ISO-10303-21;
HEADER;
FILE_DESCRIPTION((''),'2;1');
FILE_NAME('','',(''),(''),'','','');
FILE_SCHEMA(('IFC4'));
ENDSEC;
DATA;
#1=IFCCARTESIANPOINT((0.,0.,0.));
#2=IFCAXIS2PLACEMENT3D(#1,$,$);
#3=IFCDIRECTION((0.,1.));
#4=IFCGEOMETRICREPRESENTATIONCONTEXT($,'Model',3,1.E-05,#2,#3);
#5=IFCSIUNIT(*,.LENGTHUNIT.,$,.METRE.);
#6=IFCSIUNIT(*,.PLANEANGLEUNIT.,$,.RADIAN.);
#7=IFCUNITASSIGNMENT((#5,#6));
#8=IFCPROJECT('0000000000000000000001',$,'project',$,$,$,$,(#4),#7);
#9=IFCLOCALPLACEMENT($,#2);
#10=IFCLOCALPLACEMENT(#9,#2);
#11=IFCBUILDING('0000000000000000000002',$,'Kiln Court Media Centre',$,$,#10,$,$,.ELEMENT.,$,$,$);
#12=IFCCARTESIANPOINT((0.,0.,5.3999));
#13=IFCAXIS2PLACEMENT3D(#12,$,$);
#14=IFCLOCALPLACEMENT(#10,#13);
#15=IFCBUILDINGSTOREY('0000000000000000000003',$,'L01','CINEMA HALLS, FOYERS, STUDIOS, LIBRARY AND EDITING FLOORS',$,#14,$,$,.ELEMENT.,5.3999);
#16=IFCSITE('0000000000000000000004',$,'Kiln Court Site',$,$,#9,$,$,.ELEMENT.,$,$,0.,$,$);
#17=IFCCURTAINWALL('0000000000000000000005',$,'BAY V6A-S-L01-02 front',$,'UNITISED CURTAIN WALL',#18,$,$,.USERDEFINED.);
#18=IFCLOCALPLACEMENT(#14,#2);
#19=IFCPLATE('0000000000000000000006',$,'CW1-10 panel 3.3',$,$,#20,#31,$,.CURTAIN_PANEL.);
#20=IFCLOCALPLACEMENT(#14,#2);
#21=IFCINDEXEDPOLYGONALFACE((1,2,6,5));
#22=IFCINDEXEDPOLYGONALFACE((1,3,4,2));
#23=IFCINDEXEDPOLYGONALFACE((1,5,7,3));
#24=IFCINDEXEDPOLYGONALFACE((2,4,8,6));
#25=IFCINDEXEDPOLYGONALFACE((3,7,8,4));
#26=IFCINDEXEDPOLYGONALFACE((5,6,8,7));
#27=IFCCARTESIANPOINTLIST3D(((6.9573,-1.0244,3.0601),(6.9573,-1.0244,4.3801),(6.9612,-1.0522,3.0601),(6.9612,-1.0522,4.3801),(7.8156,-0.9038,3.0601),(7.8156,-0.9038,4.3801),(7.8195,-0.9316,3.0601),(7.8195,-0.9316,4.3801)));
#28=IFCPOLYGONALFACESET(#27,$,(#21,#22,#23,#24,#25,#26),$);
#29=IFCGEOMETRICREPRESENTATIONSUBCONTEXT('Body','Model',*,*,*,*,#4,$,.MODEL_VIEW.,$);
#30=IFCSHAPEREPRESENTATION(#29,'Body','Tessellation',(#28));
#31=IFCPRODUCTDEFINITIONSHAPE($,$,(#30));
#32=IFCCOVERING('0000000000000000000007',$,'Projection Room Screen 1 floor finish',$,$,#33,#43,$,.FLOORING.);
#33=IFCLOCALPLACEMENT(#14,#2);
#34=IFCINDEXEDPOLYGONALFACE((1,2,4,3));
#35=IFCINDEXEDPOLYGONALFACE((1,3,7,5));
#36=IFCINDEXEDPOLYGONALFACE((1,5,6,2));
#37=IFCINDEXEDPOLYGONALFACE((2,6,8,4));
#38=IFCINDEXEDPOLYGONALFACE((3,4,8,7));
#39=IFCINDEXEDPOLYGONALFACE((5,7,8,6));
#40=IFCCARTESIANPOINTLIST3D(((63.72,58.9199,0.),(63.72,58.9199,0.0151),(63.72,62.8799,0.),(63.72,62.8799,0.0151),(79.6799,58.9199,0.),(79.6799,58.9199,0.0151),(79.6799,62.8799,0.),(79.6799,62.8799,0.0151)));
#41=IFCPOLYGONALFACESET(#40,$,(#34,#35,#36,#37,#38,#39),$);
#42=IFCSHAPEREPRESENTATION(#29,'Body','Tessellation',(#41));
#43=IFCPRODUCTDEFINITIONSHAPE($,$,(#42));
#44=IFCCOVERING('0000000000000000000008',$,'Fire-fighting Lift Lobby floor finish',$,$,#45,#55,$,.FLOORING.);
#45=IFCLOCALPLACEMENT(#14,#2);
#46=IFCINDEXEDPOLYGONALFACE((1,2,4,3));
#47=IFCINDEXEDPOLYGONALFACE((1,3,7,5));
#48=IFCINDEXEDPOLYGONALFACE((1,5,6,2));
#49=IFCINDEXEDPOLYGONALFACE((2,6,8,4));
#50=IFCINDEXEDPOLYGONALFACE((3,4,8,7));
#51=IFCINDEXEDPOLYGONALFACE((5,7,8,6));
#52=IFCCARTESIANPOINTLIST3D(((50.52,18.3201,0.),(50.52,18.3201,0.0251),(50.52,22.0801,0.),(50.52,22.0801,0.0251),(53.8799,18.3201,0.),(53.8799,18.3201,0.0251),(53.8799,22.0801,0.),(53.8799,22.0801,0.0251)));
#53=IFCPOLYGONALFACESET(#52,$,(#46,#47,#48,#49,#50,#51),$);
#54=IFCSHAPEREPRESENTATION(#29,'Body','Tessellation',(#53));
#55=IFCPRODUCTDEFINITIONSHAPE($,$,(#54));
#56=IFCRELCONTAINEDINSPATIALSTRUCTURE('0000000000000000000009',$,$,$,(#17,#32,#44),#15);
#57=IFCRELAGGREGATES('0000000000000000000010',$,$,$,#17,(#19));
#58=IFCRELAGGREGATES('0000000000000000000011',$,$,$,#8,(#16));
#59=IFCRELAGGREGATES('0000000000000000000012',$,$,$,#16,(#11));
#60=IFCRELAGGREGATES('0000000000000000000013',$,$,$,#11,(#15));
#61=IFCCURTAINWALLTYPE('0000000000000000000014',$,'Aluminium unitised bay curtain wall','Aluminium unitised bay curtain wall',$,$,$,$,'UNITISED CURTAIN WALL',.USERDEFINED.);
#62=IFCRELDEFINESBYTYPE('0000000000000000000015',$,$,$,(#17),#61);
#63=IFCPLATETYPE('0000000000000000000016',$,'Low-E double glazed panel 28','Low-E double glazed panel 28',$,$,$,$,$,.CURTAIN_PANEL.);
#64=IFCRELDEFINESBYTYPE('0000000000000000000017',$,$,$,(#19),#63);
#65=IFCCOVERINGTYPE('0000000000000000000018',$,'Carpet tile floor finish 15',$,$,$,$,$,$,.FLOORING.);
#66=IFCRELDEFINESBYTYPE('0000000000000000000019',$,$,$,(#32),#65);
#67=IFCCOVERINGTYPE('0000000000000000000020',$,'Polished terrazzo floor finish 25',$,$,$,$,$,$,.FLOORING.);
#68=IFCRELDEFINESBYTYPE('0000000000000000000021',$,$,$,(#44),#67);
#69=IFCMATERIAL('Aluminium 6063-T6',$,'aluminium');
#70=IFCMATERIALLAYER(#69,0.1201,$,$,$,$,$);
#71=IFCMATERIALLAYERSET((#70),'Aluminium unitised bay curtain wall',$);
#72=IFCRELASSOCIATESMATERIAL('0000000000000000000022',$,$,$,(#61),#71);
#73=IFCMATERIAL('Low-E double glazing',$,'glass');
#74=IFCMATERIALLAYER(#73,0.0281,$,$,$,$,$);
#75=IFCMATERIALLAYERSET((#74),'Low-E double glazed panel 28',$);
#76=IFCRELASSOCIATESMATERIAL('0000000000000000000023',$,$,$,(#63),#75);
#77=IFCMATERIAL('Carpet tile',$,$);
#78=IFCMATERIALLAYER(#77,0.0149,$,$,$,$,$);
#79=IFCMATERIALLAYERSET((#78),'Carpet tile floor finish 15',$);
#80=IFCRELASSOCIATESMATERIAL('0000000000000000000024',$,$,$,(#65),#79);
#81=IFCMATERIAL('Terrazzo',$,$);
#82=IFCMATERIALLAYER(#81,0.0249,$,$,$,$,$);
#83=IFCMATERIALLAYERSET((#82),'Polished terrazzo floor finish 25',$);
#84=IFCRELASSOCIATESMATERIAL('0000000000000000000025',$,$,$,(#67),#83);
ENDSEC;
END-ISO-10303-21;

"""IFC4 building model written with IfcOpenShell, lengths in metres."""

from ifc_helpers import new_model, si_unit, direction, frame, origin, origin_2d, place, context, subcontext, project, spatial, polyline, rectangle, outline, extrude, material, layer, layer_set, type_object, element, aggregate, save


model = new_model("IFC4")

# Units and contexts
model_context = context("Model", 3, precision=1e-05, world=origin(), true_north=direction((0.0, 1.0)))
body_context = subcontext(model_context, "Body", "Model", "MODEL_VIEW")
ifc_project = project(units=[si_unit("LENGTHUNIT", "METRE"), si_unit("PLANEANGLEUNIT", "RADIAN")], contexts=[model_context])

# Site, building, storey
site_placement = place(None, origin())
site = spatial("IfcSite", under=ifc_project, at=site_placement, Name="Kiln Court Site", CompositionType="ELEMENT", RefElevation=0.0)
building_placement = place(site_placement, origin())
building = spatial("IfcBuilding", under=site, at=building_placement, Name="Kiln Court Media Centre", CompositionType="ELEMENT")
storey_placement = place(building_placement, frame((0.0, 0.0, 5.3999)))
storey = spatial("IfcBuildingStorey", under=building, at=storey_placement, Name="L01", Description="CINEMA HALLS, FOYERS, STUDIOS, LIBRARY AND EDITING FLOORS", CompositionType="ELEMENT", Elevation=5.3999)

# Curtain wall
ifc_material_1 = material(Name="Aluminium 6063-T6", Category="aluminium")
ifc_layer_1 = layer(ifc_material_1, 0.1201)
ifc_layer_set_1 = layer_set([ifc_layer_1], Name="Aluminium unitised bay curtain wall")
curtain_wall_type = type_object("IfcCurtainWallType", Name="Aluminium unitised bay curtain wall", Description="Aluminium unitised bay curtain wall", ElementType="UNITISED CURTAIN WALL", PredefinedType="USERDEFINED", material=ifc_layer_set_1)
curtain_wall_1_placement = place(storey_placement, origin())
curtain_wall_1 = element("IfcCurtainWall", 1, at=curtain_wall_1_placement, inside=storey, type_object=curtain_wall_type, Name="BAY V6A-S-L01-02 front", ObjectType="UNITISED CURTAIN WALL", PredefinedType="USERDEFINED")

# Plate
ifc_material_2 = material(Name="Low-E double glazing", Category="glass")
ifc_layer_2 = layer(ifc_material_2, 0.0281)
ifc_layer_set_2 = layer_set([ifc_layer_2], Name="Low-E double glazed panel 28")
plate_type_1 = type_object("IfcPlateType", Name="Low-E double glazed panel 28", Description="Low-E double glazed panel 28", PredefinedType="CURTAIN_PANEL", material=ifc_layer_set_2)
plate_1_placement = place(storey_placement, frame((7.3884, -0.978, 3.0601), z_axis=(0.0, 0.0, 1.0), x_axis=(0.99027, 0.139162, 0.0)))
plate_1 = element("IfcPlate", 2, at=plate_1_placement, type_object=plate_type_1, Name="CW1-10 panel 3.3", PredefinedType="CURTAIN_PANEL", context=body_context, shape_type="SweptSolid", body=[
    extrude(rectangle(XDim=0.8667, YDim=0.0281, at=origin_2d()), origin(), (0.0, 0.0, 1.0), 1.3201),
])
aggregate(curtain_wall_1, [plate_1])

# Coverings
ifc_material_3 = material(Name="Carpet tile")
ifc_layer_3 = layer(ifc_material_3, 0.0149)
ifc_layer_set_3 = layer_set([ifc_layer_3], Name="Carpet tile floor finish 15")
covering_type_1 = type_object("IfcCoveringType", Name="Carpet tile floor finish 15", PredefinedType="FLOORING", material=ifc_layer_set_3)
covering_1_placement = place(storey_placement, origin())
element("IfcCovering", 3, at=covering_1_placement, inside=storey, type_object=covering_type_1, Name="Projection Room Screen 1 floor finish", PredefinedType="FLOORING", context=body_context, shape_type="SweptSolid", body=[
    extrude(outline(polyline([(79.6799, 62.8799), (63.72, 62.8799), (63.72, 58.9199), (79.6799, 58.9199), (79.6799, 62.8799)])), origin(), (0.0, 0.0, 1.0), 0.0151),
])
ifc_material_4 = material(Name="Terrazzo")
ifc_layer_4 = layer(ifc_material_4, 0.0249)
ifc_layer_set_4 = layer_set([ifc_layer_4], Name="Polished terrazzo floor finish 25")
covering_type_2 = type_object("IfcCoveringType", Name="Polished terrazzo floor finish 25", PredefinedType="FLOORING", material=ifc_layer_set_4)
covering_2_placement = place(storey_placement, origin())
element("IfcCovering", 4, at=covering_2_placement, inside=storey, type_object=covering_type_2, Name="Fire-fighting Lift Lobby floor finish", PredefinedType="FLOORING", context=body_context, shape_type="SweptSolid", body=[
    extrude(outline(polyline([(50.52, 18.3201), (53.8799, 18.3201), (53.8799, 22.0801), (50.52, 22.0801), (50.52, 18.3201)])), origin(), (0.0, 0.0, 1.0), 0.0251),
])

save(model, "model.ifc")
